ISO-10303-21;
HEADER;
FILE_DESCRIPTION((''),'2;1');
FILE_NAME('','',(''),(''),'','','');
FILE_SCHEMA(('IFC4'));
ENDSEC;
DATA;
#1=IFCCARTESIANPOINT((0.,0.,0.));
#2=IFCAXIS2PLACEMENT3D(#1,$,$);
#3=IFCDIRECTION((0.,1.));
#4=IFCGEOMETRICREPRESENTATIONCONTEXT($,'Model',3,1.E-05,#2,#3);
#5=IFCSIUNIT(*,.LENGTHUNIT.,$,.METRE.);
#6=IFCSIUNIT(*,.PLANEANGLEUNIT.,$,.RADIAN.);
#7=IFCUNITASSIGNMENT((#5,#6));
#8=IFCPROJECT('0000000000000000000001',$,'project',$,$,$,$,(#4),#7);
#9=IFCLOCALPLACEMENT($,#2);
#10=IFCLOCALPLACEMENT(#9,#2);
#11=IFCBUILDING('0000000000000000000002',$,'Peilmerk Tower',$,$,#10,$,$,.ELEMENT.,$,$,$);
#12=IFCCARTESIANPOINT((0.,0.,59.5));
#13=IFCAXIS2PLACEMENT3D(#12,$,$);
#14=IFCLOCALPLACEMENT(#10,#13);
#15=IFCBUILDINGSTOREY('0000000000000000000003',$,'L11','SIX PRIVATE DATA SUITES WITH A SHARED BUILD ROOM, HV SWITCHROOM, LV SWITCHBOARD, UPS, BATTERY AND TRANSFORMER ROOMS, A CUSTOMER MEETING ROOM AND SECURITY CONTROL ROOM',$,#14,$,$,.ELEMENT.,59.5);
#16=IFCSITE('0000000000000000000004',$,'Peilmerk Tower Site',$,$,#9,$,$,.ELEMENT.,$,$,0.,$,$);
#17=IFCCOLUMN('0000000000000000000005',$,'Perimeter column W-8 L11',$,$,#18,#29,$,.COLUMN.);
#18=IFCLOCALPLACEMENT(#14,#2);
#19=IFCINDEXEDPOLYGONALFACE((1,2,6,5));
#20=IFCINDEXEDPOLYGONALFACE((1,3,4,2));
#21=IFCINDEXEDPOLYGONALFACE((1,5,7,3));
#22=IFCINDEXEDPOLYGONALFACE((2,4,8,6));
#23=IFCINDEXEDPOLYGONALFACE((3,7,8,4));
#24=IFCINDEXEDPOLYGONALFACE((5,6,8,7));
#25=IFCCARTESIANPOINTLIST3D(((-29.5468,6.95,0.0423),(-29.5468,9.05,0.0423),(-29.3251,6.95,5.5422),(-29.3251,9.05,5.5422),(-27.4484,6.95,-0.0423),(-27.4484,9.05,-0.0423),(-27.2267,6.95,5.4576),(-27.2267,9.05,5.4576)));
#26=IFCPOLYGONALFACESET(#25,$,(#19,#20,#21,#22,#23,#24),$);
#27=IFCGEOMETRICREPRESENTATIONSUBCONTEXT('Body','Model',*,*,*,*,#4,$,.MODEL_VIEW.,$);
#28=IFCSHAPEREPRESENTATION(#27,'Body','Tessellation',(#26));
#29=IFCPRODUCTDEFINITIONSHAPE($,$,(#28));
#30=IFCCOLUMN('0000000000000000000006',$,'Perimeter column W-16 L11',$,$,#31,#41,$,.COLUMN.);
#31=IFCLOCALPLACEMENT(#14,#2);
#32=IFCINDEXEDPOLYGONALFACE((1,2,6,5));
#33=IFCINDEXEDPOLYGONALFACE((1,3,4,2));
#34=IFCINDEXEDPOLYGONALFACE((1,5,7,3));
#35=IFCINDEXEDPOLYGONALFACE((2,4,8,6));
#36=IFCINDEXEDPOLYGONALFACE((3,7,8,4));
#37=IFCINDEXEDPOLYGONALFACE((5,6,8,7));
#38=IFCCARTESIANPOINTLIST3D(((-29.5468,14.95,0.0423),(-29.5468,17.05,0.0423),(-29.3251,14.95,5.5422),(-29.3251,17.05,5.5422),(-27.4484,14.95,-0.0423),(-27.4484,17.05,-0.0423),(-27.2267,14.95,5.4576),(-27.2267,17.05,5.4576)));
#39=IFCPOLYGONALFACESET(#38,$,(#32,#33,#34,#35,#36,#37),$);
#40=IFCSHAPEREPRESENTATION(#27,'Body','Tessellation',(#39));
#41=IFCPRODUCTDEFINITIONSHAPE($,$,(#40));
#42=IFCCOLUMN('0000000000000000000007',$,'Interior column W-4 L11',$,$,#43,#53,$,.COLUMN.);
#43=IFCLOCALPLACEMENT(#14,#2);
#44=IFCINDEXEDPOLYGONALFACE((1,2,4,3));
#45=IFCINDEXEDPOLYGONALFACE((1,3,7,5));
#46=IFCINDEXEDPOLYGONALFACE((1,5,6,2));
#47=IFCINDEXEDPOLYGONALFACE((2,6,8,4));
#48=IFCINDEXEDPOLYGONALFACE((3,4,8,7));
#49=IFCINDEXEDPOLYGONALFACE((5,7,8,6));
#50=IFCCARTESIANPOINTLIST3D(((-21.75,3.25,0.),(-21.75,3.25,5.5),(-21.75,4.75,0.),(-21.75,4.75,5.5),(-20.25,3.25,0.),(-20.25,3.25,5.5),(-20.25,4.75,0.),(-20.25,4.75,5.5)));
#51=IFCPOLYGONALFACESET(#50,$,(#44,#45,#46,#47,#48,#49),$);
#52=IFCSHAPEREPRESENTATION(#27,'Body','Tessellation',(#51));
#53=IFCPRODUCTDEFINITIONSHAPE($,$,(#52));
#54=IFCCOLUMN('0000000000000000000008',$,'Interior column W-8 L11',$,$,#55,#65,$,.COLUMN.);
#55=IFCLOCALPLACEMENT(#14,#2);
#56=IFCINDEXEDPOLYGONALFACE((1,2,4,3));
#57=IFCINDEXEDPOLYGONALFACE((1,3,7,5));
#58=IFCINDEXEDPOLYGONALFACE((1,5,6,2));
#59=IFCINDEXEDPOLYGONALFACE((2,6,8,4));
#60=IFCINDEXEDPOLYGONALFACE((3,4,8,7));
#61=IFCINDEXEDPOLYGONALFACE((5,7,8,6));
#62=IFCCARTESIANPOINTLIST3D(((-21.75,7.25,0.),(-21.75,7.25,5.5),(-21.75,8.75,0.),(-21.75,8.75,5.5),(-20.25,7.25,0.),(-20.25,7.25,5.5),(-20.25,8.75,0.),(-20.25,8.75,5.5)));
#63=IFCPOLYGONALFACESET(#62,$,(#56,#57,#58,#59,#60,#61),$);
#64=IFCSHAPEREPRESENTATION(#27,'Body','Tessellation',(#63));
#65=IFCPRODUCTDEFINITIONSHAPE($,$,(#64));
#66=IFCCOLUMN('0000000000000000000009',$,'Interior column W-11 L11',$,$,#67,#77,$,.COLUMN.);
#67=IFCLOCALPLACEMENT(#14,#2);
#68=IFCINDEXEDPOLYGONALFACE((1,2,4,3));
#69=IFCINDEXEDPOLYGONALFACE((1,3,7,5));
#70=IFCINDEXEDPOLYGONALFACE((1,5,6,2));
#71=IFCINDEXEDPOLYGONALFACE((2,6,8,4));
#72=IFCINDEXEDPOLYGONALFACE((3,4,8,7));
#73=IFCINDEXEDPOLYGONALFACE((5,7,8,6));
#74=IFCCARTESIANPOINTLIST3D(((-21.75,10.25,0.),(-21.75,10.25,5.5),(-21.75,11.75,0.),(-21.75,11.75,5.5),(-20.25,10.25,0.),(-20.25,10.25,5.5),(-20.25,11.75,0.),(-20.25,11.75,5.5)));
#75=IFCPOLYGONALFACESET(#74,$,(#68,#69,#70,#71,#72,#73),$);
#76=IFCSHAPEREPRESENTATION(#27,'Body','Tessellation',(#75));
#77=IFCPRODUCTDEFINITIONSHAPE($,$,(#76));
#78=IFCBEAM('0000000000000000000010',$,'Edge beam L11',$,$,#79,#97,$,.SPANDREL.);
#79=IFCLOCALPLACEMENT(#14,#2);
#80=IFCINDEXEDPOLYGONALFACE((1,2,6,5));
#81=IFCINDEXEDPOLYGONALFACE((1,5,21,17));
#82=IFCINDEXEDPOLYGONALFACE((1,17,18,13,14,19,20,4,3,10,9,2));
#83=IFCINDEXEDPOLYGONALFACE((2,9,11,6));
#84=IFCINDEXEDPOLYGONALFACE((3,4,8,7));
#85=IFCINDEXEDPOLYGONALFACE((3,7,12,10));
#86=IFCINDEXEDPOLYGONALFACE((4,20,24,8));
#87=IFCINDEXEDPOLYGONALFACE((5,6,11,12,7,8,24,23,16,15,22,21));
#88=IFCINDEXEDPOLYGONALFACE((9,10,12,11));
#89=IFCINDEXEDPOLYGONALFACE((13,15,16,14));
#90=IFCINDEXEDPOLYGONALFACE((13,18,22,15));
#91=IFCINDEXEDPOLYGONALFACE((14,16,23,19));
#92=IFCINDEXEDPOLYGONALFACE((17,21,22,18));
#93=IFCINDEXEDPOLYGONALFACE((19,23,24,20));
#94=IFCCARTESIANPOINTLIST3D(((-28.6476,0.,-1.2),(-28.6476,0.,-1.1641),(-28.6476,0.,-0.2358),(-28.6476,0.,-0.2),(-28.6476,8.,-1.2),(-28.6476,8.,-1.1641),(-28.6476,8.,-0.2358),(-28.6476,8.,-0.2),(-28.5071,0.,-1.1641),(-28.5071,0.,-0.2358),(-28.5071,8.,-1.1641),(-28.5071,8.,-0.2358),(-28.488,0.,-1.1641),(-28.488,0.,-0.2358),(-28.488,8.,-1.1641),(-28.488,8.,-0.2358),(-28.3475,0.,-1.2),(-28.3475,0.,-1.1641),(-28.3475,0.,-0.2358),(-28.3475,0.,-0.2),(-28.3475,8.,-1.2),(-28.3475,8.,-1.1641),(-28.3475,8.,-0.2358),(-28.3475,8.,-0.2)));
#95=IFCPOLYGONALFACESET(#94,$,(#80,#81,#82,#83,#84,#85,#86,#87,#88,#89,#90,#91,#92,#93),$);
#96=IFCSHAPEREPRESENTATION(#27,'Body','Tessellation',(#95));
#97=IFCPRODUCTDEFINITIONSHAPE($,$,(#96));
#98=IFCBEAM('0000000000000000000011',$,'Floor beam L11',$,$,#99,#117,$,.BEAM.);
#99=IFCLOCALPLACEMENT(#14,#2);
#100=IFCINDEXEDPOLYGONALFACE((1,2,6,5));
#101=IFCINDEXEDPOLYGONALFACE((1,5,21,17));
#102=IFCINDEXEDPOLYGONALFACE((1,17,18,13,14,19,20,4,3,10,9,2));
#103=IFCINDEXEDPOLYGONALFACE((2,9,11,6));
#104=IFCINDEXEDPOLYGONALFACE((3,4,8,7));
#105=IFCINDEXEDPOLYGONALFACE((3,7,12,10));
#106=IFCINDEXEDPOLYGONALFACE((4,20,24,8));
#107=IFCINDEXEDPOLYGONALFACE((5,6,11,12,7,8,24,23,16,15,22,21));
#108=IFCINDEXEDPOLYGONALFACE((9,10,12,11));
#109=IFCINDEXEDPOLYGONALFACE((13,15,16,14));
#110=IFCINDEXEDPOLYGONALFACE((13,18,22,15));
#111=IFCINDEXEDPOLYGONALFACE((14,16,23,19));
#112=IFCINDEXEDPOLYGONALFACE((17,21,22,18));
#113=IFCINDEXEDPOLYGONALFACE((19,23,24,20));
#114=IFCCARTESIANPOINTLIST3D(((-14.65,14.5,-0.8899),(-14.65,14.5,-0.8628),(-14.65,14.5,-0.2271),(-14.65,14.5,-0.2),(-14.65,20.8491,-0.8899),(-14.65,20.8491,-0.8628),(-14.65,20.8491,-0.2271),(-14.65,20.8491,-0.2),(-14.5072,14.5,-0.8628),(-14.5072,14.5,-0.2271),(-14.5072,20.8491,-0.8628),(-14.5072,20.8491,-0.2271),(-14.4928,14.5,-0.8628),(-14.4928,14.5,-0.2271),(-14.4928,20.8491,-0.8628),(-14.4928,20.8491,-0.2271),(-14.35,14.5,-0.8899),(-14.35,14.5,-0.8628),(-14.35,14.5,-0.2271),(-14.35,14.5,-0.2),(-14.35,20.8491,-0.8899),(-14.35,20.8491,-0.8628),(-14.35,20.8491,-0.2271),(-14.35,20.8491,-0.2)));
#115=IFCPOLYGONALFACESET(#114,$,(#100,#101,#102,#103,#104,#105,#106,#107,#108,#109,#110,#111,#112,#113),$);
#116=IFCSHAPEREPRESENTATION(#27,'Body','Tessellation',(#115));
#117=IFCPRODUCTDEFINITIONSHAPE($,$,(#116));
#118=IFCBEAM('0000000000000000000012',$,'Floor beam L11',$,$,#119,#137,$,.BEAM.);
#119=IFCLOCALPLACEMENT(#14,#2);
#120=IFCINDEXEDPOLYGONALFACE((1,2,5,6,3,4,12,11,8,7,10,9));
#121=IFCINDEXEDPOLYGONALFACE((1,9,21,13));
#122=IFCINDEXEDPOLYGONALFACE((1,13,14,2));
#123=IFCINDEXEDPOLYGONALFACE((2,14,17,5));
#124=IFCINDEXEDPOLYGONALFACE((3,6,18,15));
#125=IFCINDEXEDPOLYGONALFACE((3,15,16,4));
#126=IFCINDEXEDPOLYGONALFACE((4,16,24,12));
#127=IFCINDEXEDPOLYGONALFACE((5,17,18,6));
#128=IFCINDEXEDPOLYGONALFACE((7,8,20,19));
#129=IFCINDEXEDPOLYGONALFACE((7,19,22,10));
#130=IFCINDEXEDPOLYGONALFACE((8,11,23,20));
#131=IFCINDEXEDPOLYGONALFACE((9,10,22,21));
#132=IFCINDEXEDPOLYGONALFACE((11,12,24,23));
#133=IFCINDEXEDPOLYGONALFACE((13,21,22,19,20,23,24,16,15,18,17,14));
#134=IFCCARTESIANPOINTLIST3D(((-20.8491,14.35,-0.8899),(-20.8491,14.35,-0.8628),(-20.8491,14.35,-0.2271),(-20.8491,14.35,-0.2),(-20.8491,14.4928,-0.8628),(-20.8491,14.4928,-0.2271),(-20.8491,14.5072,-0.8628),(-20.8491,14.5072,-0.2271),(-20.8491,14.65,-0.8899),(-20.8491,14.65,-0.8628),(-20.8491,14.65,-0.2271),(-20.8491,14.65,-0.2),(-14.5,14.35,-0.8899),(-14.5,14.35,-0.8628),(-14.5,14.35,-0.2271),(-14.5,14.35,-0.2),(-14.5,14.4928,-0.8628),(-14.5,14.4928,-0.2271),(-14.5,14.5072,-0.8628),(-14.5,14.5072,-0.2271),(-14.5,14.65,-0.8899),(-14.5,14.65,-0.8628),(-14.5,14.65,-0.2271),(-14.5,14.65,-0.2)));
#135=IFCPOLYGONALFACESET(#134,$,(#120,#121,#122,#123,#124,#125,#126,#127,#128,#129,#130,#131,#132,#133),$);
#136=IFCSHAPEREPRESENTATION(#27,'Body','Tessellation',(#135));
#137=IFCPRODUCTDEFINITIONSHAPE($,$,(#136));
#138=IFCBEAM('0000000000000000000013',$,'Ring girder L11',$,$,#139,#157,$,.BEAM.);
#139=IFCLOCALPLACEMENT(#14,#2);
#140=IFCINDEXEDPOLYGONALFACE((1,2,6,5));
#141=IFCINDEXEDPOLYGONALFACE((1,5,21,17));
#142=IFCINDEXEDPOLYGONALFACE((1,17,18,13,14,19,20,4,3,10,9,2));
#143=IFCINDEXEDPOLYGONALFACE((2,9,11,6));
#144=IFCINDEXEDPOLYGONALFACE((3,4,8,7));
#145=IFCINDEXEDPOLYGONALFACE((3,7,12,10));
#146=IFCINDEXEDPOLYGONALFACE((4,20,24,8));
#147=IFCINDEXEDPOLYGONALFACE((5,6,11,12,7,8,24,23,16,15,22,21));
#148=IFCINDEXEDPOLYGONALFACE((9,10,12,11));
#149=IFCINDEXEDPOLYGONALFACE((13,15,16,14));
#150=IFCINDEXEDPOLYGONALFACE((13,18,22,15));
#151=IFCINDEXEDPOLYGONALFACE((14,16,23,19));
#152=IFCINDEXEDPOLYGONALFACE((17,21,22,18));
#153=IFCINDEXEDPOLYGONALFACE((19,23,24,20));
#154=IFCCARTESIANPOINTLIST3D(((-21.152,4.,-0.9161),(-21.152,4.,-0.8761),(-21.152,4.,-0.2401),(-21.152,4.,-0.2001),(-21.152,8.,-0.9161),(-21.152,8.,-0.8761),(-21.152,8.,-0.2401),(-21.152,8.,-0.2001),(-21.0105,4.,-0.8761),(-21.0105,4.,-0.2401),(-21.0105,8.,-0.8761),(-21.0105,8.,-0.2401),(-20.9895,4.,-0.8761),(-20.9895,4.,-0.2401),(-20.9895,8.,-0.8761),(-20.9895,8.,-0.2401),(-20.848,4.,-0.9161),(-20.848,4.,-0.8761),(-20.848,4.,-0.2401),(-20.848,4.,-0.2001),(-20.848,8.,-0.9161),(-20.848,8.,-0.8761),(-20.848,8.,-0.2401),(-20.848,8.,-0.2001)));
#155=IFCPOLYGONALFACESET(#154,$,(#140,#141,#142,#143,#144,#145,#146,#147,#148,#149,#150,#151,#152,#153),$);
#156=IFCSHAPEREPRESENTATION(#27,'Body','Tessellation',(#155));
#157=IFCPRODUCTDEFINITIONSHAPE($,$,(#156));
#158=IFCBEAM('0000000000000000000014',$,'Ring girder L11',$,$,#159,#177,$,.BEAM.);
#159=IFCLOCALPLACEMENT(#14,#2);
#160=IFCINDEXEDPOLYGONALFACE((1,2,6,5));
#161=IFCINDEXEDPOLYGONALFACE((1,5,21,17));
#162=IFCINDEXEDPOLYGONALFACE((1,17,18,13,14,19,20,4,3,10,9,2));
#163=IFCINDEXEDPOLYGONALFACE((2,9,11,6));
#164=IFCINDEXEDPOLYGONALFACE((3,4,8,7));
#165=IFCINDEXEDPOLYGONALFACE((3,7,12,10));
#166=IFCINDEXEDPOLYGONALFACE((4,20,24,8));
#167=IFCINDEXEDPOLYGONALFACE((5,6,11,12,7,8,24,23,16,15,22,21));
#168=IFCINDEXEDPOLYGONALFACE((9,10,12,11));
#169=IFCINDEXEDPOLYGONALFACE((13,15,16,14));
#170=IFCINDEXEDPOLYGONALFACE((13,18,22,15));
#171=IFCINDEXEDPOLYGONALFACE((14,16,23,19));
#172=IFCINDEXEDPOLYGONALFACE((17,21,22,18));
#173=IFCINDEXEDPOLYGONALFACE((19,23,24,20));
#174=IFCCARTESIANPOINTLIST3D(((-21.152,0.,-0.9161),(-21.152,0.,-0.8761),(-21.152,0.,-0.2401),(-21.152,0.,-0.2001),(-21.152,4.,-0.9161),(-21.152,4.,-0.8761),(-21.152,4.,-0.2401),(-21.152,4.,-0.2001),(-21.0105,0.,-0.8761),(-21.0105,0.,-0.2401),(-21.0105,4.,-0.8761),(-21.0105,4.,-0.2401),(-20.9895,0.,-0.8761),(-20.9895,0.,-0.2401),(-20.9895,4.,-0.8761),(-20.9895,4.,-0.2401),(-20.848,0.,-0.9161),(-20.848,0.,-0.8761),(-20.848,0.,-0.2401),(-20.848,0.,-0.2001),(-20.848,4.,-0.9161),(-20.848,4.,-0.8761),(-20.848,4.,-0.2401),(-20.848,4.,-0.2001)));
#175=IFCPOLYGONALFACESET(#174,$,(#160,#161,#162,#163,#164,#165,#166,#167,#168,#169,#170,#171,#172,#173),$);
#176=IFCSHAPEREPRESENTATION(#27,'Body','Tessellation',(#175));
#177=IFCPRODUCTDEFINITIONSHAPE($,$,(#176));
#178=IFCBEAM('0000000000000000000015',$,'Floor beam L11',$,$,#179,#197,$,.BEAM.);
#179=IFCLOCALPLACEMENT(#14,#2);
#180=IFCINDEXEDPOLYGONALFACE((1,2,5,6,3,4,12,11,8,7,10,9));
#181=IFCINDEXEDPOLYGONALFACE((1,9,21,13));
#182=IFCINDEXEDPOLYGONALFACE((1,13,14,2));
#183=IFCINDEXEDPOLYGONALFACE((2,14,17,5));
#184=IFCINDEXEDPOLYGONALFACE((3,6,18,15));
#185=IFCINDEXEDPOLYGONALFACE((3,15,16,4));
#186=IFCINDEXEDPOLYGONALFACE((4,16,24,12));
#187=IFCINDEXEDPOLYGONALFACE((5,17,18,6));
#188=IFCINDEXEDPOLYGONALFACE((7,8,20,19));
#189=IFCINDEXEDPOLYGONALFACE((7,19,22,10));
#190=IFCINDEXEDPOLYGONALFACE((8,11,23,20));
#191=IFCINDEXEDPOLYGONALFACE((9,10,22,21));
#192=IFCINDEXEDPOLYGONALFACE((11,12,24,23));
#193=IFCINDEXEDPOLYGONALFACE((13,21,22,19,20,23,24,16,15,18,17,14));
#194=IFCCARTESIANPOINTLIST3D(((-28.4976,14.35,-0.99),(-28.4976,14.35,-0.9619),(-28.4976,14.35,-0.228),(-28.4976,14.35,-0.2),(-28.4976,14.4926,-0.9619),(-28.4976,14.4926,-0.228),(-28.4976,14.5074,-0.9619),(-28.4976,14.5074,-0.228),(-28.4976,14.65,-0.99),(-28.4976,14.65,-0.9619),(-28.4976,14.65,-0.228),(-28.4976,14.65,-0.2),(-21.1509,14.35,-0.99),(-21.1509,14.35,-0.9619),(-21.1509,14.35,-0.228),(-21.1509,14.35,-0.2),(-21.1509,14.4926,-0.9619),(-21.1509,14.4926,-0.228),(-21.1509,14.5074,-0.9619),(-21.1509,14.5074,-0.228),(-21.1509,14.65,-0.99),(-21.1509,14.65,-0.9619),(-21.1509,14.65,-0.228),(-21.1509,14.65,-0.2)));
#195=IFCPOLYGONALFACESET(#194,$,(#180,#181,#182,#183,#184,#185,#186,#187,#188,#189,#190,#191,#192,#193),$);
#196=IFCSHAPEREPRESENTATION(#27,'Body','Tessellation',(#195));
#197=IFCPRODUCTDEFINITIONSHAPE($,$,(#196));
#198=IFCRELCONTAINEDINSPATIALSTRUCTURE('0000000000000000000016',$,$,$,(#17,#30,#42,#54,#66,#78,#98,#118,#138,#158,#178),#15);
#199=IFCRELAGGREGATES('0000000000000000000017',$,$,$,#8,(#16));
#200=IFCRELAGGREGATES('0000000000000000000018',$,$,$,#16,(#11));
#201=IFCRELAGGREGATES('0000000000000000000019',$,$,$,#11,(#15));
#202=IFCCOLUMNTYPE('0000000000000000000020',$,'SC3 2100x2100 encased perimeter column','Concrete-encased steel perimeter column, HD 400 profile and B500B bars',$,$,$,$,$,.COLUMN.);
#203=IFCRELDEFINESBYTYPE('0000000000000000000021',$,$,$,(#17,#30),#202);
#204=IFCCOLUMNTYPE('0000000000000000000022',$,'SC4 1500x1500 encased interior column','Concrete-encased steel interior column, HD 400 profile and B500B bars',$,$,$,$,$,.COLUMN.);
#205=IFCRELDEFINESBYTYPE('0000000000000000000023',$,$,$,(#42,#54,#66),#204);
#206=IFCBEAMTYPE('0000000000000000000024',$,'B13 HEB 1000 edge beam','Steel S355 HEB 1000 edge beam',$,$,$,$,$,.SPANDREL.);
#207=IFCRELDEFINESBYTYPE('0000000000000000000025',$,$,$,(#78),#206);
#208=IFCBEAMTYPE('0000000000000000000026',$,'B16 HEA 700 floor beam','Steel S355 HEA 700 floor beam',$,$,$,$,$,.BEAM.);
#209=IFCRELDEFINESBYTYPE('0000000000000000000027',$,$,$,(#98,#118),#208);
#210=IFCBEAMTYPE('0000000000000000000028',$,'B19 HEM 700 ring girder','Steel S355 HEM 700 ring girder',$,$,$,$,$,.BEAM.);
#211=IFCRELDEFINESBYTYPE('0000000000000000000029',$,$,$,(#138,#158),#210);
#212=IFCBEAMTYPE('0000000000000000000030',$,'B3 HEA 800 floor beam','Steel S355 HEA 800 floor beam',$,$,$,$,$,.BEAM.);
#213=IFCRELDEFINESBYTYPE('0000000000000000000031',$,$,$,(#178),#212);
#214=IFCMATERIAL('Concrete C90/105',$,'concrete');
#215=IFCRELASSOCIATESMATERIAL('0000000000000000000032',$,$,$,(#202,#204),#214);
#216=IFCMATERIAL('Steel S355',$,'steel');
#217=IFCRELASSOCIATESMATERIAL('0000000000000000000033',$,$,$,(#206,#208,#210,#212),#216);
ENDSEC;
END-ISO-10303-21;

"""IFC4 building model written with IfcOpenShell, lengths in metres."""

from ifc_helpers import new_model, si_unit, direction, frame, origin, origin_2d, place, context, subcontext, project, spatial, rectangle, i_section, extrude, material, material_profile, profile_set, type_object, element, save


model = new_model("IFC4")

# Units and contexts
model_context = context("Model", 3, precision=1e-05, world=origin(), true_north=direction((0.0, 1.0)))
body_context = subcontext(model_context, "Body", "Model", "MODEL_VIEW")
ifc_project = project(units=[si_unit("LENGTHUNIT", "METRE"), si_unit("PLANEANGLEUNIT", "RADIAN")], contexts=[model_context])

# Site, building, storey
site_placement = place(None, origin())
site = spatial("IfcSite", under=ifc_project, at=site_placement, Name="Peilmerk Tower Site", CompositionType="ELEMENT", RefElevation=0.0)
building_placement = place(site_placement, origin())
building = spatial("IfcBuilding", under=site, at=building_placement, Name="Peilmerk Tower", CompositionType="ELEMENT")
storey_placement = place(building_placement, frame((0.0, 0.0, 59.5)))
storey = spatial("IfcBuildingStorey", under=building, at=storey_placement, Name="L11", Description="SIX PRIVATE DATA SUITES WITH A SHARED BUILD ROOM, HV SWITCHROOM, LV SWITCHBOARD, UPS, BATTERY AND TRANSFORMER ROOMS, A CUSTOMER MEETING ROOM AND SECURITY CONTROL ROOM", CompositionType="ELEMENT", Elevation=59.5)

# Columns
ifc_material_1 = material(Name="Concrete C90/105", Category="concrete")
ifc_material_profile_1 = material_profile(ifc_material_1, rectangle(XDim=2.1001, YDim=2.1001, at=origin_2d()), Name="RC 2100x2100")
ifc_profile_set_1 = profile_set([ifc_material_profile_1], Name="Concrete C90/105")
column_type_1 = type_object("IfcColumnType", Name="SC3 2100x2100 encased perimeter column", Description="Concrete-encased steel perimeter column, HD 400 profile and B500B bars", PredefinedType="COLUMN", material=ifc_profile_set_1)
for number, where, z_axis, x_axis, name in (
    (1, (-28.4976, 8.0, 0.0), (0.040273, 0.0, 0.999189), (0.0, 1.0, 0.0), "Perimeter column W-8 L11"),
    (2, (-28.4976, 16.0, 0.0), (0.040273, 0.0, 0.999189), (0.0, 1.0, 0.0), "Perimeter column W-16 L11"),
):
    element("IfcColumn", number, at=place(storey_placement, frame(where, z_axis=z_axis, x_axis=x_axis)), inside=storey, type_object=column_type_1, Name=name, PredefinedType="COLUMN", context=body_context, shape_type="SweptSolid", body=[
        extrude(rectangle(XDim=2.1001, YDim=2.1001, at=origin_2d()), origin(), (0.0, 0.0, 1.0), 5.5044),
    ])
ifc_material_profile_2 = material_profile(ifc_material_1, rectangle(XDim=1.5, YDim=1.5, at=origin_2d()), Name="RC 1500x1500")
ifc_profile_set_2 = profile_set([ifc_material_profile_2], Name="Concrete C90/105")
column_type_2 = type_object("IfcColumnType", Name="SC4 1500x1500 encased interior column", Description="Concrete-encased steel interior column, HD 400 profile and B500B bars", PredefinedType="COLUMN", material=ifc_profile_set_2)
for number, where, z_axis, x_axis, name in (
    (3, (-21.0, 4.0, 0.0), (0.0, 0.0, 1.0), (1.0, 0.0, 0.0), "Interior column W-4 L11"),
    (4, (-21.0, 8.0, 0.0), (0.0, 0.0, 1.0), (1.0, 0.0, 0.0), "Interior column W-8 L11"),
    (5, (-21.0, 11.0, 0.0), (0.0, 0.0, 1.0), (1.0, 0.0, 0.0), "Interior column W-11 L11"),
):
    element("IfcColumn", number, at=place(storey_placement, frame(where, z_axis=z_axis, x_axis=x_axis)), inside=storey, type_object=column_type_2, Name=name, PredefinedType="COLUMN", context=body_context, shape_type="SweptSolid", body=[
        extrude(rectangle(XDim=1.5, YDim=1.5, at=origin_2d()), origin(), (0.0, 0.0, 1.0), 5.5),
    ])

# Beams
ifc_material_2 = material(Name="Steel S355", Category="steel")
ifc_material_profile_3 = material_profile(ifc_material_2, i_section(OverallWidth=0.3, OverallDepth=1.0, WebThickness=0.019, FlangeThickness=0.0359, at=origin_2d()), Name="HEB 1000")
ifc_profile_set_3 = profile_set([ifc_material_profile_3], Name="Steel S355")
beam_type_1 = type_object("IfcBeamType", Name="B13 HEB 1000 edge beam", Description="Steel S355 HEB 1000 edge beam", PredefinedType="SPANDREL", material=ifc_profile_set_3)
beam_1_placement = place(storey_placement, frame((-28.4976, 8.0, -0.7), z_axis=(0.0, -1.0, 0.0), x_axis=(1.0, 0.0, 0.0)))
element("IfcBeam", 6, at=beam_1_placement, inside=storey, type_object=beam_type_1, Name="Edge beam L11", PredefinedType="SPANDREL", context=body_context, shape_type="SweptSolid", body=[
    extrude(i_section(OverallWidth=0.3, OverallDepth=1.0, WebThickness=0.019, FlangeThickness=0.0359, at=origin_2d()), origin(), (0.0, 0.0, 1.0), 8.0),
])
ifc_material_profile_4 = material_profile(ifc_material_2, i_section(OverallWidth=0.3, OverallDepth=0.6899, WebThickness=0.0144, FlangeThickness=0.0271, at=origin_2d()), Name="HEA 700")
ifc_profile_set_4 = profile_set([ifc_material_profile_4], Name="Steel S355")
beam_type_2 = type_object("IfcBeamType", Name="B16 HEA 700 floor beam", Description="Steel S355 HEA 700 floor beam", PredefinedType="BEAM", material=ifc_profile_set_4)
for number, where, z_axis, x_axis, name in (
    (7, (-14.5, 14.5, -0.5449), (0.0, 1.0, 0.0), (-1.0, 0.0, 0.0), "Floor beam L11"),
    (8, (-14.5, 14.5, -0.5449), (-1.0, 0.0, 0.0), (0.0, -1.0, 0.0), "Floor beam L11"),
):
    element("IfcBeam", number, at=place(storey_placement, frame(where, z_axis=z_axis, x_axis=x_axis)), inside=storey, type_object=beam_type_2, Name=name, PredefinedType="BEAM", context=body_context, shape_type="SweptSolid", body=[
        extrude(i_section(OverallWidth=0.3, OverallDepth=0.6899, WebThickness=0.0144, FlangeThickness=0.0271, at=origin_2d()), origin(), (0.0, 0.0, 1.0), 6.3491),
    ])
ifc_material_profile_5 = material_profile(ifc_material_2, i_section(OverallWidth=0.304, OverallDepth=0.7161, WebThickness=0.021, FlangeThickness=0.04, at=origin_2d()), Name="HEM 700")
ifc_profile_set_5 = profile_set([ifc_material_profile_5], Name="Steel S355")
beam_type_3 = type_object("IfcBeamType", Name="B19 HEM 700 ring girder", Description="Steel S355 HEM 700 ring girder", PredefinedType="BEAM", material=ifc_profile_set_5)
for number, where, z_axis, x_axis, name in (
    (9, (-21.0, 8.0, -0.5581), (0.0, -1.0, 0.0), (1.0, 0.0, 0.0), "Ring girder L11"),
    (10, (-21.0, 4.0, -0.5581), (0.0, -1.0, 0.0), (1.0, 0.0, 0.0), "Ring girder L11"),
):
    element("IfcBeam", number, at=place(storey_placement, frame(where, z_axis=z_axis, x_axis=x_axis)), inside=storey, type_object=beam_type_3, Name=name, PredefinedType="BEAM", context=body_context, shape_type="SweptSolid", body=[
        extrude(i_section(OverallWidth=0.304, OverallDepth=0.7161, WebThickness=0.021, FlangeThickness=0.04, at=origin_2d()), origin(), (0.0, 0.0, 1.0), 4.0),
    ])
ifc_material_profile_6 = material_profile(ifc_material_2, i_section(OverallWidth=0.3, OverallDepth=0.79, WebThickness=0.0149, FlangeThickness=0.0281, at=origin_2d()), Name="HEA 800")
ifc_profile_set_6 = profile_set([ifc_material_profile_6], Name="Steel S355")
beam_type_4 = type_object("IfcBeamType", Name="B3 HEA 800 floor beam", Description="Steel S355 HEA 800 floor beam", PredefinedType="BEAM", material=ifc_profile_set_6)
beam_2_placement = place(storey_placement, frame((-21.1509, 14.5, -0.595), z_axis=(-1.0, 0.0, 0.0), x_axis=(0.0, -1.0, 0.0)))
element("IfcBeam", 11, at=beam_2_placement, inside=storey, type_object=beam_type_4, Name="Floor beam L11", PredefinedType="BEAM", context=body_context, shape_type="SweptSolid", body=[
    extrude(i_section(OverallWidth=0.3, OverallDepth=0.79, WebThickness=0.0149, FlangeThickness=0.0281, at=origin_2d()), origin(), (0.0, 0.0, 1.0), 7.3467),
])

save(model, "model.ifc")
